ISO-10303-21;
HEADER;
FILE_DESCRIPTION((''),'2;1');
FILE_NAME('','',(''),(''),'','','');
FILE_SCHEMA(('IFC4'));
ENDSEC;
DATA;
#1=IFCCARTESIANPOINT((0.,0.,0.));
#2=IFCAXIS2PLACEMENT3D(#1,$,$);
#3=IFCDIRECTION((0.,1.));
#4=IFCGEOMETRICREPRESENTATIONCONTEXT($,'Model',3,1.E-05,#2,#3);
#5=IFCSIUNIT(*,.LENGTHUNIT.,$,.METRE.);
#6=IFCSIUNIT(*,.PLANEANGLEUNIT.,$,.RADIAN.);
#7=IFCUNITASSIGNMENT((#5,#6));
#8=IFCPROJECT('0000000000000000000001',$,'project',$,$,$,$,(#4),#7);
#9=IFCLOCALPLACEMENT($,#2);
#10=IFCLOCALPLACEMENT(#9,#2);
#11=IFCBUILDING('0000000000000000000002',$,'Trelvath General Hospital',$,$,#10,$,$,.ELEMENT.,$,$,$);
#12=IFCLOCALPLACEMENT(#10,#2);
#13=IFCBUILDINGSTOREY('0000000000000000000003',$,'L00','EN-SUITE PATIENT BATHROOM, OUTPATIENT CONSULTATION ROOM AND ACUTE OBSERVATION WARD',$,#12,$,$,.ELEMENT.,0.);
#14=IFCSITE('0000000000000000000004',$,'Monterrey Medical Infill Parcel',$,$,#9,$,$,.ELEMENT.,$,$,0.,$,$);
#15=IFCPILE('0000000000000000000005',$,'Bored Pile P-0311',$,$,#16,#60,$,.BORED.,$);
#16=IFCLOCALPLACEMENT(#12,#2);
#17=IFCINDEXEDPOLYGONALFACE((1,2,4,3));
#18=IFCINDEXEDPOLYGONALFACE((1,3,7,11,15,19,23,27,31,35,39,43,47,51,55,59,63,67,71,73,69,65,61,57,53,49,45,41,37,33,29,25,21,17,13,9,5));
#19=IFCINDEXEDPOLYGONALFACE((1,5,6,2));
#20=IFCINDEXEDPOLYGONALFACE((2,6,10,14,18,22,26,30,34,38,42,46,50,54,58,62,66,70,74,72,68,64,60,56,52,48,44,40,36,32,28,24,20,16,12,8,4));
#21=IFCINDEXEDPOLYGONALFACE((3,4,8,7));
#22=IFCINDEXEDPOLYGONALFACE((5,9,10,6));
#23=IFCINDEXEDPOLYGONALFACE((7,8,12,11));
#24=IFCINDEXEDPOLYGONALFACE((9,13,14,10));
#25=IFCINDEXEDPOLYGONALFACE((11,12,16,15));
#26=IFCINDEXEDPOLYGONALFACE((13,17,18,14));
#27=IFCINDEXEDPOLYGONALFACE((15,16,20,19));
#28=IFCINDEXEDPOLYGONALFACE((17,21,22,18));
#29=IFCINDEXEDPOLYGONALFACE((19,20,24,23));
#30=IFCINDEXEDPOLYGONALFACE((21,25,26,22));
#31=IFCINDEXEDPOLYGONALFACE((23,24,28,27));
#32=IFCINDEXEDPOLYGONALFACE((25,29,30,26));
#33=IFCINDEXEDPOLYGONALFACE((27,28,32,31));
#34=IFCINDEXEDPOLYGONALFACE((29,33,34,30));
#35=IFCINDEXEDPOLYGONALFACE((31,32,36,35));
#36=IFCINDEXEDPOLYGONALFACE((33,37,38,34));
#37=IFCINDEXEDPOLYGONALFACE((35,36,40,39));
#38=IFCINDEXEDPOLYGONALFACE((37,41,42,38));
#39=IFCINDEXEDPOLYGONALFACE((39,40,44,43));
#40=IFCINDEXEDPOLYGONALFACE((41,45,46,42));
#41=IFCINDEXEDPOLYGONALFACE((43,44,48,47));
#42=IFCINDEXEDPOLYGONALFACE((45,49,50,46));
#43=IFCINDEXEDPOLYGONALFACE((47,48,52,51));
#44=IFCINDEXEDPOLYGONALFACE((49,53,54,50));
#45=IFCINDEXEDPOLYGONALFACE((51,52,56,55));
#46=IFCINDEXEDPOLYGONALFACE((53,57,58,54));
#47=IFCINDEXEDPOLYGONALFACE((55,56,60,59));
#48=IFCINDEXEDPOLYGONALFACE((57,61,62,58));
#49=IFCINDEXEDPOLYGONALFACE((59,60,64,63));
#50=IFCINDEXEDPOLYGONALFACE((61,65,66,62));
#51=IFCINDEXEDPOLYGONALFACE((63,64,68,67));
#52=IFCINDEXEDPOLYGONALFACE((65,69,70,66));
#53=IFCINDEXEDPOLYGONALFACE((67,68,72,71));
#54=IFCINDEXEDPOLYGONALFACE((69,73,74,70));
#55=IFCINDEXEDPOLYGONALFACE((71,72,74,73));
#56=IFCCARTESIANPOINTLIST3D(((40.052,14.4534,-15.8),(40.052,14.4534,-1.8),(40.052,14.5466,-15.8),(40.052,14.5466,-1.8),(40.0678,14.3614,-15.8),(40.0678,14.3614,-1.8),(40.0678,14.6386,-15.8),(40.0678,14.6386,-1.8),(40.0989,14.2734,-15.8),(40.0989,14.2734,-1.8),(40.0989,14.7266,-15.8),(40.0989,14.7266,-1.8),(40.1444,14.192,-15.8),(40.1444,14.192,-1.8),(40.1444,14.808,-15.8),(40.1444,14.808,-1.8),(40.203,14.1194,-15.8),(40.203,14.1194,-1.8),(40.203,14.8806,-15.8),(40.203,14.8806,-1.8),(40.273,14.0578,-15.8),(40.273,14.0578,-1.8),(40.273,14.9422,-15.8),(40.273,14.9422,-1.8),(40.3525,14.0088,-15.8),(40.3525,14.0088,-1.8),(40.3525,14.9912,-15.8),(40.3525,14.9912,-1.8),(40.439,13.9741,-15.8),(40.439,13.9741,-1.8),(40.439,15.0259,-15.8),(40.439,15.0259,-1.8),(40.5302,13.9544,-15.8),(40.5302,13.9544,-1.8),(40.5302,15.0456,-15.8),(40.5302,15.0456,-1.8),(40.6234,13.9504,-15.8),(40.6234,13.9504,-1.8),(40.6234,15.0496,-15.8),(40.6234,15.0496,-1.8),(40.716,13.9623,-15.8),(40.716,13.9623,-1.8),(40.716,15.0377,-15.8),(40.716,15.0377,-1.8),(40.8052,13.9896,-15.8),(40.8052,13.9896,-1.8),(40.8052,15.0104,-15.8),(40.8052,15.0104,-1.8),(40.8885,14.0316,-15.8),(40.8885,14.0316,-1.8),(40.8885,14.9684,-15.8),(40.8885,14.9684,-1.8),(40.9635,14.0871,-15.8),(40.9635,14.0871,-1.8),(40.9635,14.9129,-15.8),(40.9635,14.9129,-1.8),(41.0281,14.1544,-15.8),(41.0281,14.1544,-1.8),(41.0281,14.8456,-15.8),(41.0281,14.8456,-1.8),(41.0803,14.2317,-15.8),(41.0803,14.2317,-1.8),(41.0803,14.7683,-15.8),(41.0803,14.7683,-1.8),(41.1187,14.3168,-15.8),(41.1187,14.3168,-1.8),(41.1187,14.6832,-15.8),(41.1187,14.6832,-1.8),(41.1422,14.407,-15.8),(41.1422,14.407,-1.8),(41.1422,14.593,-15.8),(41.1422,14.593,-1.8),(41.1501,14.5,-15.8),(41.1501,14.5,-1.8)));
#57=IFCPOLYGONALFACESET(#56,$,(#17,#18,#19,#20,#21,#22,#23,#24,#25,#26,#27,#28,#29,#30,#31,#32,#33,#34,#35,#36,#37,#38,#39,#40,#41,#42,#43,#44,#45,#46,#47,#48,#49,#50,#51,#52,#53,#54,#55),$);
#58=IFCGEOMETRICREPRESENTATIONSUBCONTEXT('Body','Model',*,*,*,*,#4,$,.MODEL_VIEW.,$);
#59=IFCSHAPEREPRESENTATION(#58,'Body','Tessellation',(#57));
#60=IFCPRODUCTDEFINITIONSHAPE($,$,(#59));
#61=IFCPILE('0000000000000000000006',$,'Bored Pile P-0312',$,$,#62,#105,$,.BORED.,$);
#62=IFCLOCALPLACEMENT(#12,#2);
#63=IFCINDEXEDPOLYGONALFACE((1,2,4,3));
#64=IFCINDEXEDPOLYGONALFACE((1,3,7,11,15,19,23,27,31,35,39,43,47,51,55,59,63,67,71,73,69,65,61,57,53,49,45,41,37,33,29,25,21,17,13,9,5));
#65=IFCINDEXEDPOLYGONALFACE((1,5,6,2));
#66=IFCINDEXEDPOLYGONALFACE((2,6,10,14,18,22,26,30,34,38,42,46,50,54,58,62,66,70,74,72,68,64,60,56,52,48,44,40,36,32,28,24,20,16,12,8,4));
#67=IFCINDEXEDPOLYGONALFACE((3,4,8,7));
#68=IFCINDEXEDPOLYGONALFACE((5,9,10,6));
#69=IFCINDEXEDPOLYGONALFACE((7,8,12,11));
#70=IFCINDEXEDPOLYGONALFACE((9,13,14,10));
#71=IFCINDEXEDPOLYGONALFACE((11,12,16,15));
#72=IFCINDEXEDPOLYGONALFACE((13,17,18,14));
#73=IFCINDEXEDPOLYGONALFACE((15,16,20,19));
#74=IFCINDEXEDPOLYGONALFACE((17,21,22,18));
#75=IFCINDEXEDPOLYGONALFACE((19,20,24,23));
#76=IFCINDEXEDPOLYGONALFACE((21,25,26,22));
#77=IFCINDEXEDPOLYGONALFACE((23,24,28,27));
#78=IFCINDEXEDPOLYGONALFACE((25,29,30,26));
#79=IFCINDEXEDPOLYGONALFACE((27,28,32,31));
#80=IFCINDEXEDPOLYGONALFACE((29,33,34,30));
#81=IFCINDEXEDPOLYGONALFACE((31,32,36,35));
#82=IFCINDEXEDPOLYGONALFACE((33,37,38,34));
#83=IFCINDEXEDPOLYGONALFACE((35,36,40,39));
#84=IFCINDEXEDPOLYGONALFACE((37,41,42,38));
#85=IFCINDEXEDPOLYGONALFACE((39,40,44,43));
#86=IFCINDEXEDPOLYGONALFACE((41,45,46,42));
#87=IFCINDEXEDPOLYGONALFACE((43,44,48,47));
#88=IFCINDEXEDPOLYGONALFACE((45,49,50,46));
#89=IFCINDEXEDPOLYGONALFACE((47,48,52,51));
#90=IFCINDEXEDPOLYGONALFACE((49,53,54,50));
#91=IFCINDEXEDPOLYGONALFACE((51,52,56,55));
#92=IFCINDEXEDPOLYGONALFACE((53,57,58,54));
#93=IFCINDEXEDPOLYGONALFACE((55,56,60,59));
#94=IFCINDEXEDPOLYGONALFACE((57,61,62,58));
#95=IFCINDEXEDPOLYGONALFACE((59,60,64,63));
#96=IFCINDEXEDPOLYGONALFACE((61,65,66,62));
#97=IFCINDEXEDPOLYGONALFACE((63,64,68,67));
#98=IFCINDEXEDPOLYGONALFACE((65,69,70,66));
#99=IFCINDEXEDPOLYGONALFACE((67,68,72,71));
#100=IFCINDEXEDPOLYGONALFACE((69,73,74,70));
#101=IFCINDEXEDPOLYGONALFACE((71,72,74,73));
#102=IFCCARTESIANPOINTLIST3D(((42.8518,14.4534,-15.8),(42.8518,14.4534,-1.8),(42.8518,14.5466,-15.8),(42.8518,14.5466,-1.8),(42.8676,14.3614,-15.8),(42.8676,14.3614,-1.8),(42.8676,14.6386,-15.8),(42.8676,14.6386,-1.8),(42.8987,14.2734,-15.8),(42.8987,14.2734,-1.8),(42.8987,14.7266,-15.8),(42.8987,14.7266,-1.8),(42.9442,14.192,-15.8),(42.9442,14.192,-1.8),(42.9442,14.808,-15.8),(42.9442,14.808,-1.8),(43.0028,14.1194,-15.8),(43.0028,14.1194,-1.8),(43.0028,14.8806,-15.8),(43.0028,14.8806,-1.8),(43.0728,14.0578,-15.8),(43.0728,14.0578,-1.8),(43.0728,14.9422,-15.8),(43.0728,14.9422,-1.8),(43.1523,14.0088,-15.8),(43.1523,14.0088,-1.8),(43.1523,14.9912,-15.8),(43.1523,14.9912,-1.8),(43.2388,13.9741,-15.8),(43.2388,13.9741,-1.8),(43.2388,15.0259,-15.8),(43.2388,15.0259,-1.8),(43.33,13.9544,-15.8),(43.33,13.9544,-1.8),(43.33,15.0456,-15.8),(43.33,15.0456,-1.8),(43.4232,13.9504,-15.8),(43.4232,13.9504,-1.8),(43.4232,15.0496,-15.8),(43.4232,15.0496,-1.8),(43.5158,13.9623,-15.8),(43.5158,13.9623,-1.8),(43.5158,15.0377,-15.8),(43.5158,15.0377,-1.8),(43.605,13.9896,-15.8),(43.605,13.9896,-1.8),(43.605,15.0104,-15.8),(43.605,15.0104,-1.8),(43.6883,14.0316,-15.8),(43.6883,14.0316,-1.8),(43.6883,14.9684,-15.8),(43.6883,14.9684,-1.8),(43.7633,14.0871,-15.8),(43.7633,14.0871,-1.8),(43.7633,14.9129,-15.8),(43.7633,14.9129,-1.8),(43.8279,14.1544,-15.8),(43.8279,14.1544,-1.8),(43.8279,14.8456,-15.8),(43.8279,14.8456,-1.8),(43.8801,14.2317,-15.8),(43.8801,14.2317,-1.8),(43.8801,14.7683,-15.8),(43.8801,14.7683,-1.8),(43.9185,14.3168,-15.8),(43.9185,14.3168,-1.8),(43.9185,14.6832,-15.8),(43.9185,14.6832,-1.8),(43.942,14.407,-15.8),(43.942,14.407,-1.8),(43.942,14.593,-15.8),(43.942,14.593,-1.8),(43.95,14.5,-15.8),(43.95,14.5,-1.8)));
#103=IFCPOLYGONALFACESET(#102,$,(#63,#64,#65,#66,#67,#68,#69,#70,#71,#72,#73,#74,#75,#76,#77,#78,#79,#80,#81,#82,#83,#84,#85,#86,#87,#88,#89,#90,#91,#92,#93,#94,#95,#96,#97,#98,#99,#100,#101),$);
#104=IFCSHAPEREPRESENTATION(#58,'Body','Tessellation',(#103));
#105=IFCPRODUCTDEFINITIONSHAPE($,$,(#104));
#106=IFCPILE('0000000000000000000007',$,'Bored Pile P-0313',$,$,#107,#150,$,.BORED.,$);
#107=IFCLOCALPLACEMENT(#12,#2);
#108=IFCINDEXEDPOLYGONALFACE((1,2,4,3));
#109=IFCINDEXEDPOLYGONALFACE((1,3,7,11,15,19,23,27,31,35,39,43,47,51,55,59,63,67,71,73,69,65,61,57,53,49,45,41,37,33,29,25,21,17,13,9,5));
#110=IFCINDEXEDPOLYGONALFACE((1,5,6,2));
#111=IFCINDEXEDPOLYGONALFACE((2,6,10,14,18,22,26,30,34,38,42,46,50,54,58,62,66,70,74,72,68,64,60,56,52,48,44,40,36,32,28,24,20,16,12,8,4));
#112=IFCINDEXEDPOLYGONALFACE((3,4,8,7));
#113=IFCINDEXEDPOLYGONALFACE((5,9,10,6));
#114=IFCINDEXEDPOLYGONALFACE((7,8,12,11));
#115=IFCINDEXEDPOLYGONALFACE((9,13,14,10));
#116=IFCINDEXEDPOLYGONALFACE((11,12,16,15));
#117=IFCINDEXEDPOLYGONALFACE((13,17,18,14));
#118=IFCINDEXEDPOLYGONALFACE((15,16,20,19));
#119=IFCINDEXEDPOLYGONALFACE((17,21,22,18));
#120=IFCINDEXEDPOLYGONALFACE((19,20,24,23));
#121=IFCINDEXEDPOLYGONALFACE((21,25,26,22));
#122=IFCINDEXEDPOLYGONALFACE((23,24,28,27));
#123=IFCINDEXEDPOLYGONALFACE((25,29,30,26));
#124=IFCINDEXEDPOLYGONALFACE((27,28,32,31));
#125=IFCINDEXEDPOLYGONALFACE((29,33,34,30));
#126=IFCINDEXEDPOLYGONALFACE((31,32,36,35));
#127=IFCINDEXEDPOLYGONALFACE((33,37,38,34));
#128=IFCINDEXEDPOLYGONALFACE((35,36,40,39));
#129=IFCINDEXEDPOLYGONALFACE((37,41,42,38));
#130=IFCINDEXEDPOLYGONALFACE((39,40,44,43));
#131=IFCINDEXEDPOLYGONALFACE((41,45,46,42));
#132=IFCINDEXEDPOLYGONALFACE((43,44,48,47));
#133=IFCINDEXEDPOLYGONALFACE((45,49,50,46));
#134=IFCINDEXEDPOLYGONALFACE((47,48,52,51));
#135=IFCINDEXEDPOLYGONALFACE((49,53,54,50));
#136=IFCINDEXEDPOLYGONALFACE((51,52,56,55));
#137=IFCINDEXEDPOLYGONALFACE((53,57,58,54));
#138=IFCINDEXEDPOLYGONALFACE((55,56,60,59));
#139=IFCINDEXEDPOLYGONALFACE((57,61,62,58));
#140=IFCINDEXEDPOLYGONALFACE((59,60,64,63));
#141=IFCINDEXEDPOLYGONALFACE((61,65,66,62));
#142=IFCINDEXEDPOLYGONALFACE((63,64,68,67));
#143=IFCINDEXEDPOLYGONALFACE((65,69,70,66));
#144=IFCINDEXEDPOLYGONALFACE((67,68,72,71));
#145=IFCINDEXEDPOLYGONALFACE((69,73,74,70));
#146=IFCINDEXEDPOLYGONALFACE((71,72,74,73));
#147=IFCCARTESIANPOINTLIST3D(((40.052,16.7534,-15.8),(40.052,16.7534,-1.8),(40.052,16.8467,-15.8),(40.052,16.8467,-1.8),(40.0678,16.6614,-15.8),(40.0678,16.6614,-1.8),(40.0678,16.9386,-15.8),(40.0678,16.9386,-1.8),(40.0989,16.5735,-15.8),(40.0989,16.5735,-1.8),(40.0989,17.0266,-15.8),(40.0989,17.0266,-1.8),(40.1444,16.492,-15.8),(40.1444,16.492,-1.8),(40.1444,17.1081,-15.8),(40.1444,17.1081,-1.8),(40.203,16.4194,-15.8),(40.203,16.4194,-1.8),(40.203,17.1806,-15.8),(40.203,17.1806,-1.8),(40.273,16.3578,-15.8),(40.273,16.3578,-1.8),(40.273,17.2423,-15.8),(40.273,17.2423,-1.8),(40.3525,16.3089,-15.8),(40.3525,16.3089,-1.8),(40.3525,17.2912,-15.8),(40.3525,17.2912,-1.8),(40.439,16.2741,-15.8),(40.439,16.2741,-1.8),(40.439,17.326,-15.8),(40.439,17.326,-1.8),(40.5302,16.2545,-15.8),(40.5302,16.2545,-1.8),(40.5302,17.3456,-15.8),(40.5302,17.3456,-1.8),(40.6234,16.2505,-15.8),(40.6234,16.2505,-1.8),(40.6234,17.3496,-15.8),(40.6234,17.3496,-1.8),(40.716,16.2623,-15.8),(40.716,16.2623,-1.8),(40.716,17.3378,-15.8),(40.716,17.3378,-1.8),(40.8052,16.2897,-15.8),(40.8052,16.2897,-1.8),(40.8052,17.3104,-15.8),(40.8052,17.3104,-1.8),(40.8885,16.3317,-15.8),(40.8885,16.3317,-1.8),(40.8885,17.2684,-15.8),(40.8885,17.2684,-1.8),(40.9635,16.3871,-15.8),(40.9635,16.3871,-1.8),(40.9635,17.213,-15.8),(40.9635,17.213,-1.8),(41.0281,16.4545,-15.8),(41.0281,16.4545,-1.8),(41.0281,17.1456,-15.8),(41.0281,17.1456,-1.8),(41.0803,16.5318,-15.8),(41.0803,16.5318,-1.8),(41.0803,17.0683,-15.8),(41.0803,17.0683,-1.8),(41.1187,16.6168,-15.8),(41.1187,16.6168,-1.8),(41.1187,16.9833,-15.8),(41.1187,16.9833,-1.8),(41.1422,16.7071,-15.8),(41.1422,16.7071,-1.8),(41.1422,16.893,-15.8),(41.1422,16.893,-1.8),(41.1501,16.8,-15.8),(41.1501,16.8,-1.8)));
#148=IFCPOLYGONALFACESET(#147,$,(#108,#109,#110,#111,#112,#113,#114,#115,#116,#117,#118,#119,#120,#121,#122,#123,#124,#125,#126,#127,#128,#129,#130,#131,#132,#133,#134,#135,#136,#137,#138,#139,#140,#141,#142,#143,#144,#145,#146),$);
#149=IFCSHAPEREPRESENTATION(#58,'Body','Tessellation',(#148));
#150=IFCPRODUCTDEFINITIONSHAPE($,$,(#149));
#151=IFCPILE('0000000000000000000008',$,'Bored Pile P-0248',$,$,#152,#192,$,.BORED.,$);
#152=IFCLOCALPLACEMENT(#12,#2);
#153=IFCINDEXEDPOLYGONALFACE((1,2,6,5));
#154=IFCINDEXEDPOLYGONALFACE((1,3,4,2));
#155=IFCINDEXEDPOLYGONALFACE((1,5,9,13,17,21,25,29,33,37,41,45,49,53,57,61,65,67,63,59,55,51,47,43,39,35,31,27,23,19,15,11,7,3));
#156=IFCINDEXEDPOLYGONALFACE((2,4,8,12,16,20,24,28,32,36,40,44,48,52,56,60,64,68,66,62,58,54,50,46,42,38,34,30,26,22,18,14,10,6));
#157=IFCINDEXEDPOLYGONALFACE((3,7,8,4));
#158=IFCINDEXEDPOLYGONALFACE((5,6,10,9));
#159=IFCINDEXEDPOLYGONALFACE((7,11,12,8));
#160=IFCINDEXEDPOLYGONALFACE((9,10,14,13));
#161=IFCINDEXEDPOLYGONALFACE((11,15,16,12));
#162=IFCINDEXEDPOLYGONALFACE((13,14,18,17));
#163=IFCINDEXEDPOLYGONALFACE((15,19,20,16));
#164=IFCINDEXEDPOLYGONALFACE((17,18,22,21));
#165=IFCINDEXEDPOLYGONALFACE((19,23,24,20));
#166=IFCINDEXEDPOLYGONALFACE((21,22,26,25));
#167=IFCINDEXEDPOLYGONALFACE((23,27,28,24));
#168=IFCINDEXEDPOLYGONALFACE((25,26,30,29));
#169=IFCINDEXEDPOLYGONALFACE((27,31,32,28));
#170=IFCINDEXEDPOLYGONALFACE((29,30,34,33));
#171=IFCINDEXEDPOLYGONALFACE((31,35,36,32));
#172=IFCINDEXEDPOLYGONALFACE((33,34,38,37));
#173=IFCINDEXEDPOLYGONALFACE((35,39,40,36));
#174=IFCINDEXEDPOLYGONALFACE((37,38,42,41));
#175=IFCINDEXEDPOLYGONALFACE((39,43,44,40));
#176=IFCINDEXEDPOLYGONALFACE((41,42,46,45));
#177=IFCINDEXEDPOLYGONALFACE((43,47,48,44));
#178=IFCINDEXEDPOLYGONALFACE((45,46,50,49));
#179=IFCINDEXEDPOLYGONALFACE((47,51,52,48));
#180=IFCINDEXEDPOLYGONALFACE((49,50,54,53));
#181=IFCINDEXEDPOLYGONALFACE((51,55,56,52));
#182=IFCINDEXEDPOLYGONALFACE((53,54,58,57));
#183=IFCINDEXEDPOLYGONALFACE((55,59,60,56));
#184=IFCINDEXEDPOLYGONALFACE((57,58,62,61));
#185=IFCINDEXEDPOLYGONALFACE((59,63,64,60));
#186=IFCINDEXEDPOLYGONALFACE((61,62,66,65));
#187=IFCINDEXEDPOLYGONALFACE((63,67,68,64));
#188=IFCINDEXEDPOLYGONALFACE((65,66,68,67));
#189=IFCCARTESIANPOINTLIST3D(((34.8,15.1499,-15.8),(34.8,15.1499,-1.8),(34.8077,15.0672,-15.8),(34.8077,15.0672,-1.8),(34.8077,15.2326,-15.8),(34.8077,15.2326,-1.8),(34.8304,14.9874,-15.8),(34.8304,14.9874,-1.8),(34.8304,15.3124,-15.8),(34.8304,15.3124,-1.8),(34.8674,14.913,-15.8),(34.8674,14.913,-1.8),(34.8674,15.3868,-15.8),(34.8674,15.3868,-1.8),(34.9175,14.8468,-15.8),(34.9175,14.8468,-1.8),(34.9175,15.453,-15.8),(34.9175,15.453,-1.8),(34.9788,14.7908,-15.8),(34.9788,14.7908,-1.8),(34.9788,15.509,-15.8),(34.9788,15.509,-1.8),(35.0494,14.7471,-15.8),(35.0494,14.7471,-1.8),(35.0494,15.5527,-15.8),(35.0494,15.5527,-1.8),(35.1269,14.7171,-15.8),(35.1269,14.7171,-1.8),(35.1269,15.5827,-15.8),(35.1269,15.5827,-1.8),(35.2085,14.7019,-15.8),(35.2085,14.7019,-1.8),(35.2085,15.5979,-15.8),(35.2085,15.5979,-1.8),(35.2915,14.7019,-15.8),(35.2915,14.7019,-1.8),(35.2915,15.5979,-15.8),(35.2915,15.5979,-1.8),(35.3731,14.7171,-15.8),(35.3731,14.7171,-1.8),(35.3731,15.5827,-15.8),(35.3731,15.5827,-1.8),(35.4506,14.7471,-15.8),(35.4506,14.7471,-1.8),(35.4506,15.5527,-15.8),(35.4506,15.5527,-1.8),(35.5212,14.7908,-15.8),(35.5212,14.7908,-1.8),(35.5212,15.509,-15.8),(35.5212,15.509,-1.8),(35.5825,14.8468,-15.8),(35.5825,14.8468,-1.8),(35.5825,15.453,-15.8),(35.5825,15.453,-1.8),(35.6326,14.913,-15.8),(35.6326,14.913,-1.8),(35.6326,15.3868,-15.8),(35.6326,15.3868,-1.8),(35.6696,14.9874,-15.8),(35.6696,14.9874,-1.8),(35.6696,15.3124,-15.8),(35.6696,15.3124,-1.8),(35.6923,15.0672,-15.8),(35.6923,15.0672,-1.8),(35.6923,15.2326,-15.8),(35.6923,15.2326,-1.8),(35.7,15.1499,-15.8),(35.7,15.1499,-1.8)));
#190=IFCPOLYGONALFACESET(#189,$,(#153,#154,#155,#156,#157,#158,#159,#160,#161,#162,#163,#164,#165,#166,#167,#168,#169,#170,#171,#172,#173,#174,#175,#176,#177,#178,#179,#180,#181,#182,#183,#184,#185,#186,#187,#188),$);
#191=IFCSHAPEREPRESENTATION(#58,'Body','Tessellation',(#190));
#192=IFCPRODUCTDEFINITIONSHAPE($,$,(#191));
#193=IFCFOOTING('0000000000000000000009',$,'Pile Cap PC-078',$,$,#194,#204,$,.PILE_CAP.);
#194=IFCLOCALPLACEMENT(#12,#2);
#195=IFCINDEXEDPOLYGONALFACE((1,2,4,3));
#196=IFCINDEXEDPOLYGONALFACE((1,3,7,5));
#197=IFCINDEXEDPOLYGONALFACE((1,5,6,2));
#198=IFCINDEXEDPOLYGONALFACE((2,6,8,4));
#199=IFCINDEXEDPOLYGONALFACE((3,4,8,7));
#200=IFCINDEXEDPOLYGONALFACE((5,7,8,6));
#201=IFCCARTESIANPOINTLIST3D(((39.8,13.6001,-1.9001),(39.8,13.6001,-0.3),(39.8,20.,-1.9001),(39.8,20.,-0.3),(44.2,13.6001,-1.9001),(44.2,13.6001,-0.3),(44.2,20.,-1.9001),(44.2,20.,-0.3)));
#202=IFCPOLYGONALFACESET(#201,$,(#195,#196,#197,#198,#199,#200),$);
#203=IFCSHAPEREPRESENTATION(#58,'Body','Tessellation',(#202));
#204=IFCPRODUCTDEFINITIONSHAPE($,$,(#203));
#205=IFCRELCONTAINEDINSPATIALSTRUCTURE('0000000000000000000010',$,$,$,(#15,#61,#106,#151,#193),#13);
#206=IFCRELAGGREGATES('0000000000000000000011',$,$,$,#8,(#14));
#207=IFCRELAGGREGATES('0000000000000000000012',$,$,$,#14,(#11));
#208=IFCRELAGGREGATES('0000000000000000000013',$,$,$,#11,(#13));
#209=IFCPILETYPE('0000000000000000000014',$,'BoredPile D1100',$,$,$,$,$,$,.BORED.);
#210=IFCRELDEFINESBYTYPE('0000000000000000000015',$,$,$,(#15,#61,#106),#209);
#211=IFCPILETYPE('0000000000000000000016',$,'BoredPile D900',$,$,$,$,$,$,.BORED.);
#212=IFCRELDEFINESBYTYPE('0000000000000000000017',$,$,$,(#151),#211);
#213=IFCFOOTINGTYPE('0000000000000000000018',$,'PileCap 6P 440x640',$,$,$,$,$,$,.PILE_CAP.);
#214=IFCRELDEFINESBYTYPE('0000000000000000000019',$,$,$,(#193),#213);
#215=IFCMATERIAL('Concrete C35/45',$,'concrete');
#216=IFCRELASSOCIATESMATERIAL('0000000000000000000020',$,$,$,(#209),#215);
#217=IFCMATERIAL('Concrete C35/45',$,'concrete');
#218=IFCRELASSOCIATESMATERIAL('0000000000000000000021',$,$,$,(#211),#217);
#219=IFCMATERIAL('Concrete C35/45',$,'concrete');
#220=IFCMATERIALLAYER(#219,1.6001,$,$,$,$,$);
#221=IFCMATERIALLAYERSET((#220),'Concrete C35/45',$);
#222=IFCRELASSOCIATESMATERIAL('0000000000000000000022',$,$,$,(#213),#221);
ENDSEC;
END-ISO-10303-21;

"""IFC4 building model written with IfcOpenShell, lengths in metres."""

from ifc_helpers import new_model, si_unit, direction, frame, origin, origin_2d, place, context, subcontext, project, spatial, rectangle, circle, extrude, material, layer, layer_set, material_profile, profile_set, type_object, element, save


model = new_model("IFC4")

# Units and contexts
model_context = context("Model", 3, precision=1e-05, world=origin(), true_north=direction((0.0, 1.0)))
body_context = subcontext(model_context, "Body", "Model", "MODEL_VIEW")
ifc_project = project(units=[si_unit("LENGTHUNIT", "METRE"), si_unit("PLANEANGLEUNIT", "RADIAN")], contexts=[model_context])

# Site, building, storey
site_placement = place(None, origin())
site = spatial("IfcSite", under=ifc_project, at=site_placement, Name="Monterrey Medical Infill Parcel", CompositionType="ELEMENT", RefElevation=0.0)
building_placement = place(site_placement, origin())
building = spatial("IfcBuilding", under=site, at=building_placement, Name="Trelvath General Hospital", CompositionType="ELEMENT")
storey_placement = place(building_placement, origin())
storey = spatial("IfcBuildingStorey", under=building, at=storey_placement, Name="L00", Description="EN-SUITE PATIENT BATHROOM, OUTPATIENT CONSULTATION ROOM AND ACUTE OBSERVATION WARD", CompositionType="ELEMENT", Elevation=0.0)

# Piles
ifc_material_1 = material(Name="Concrete C35/45", Category="concrete")
ifc_material_profile_1 = material_profile(ifc_material_1, circle(Radius=0.55, at=origin_2d()), Name="PILE1100")
ifc_profile_set_1 = profile_set([ifc_material_profile_1], Name="Concrete C35/45")
pile_type_1 = type_object("IfcPileType", Name="BoredPile D1100", PredefinedType="BORED", material=ifc_profile_set_1)
for number, where, z_axis, x_axis, name in (
    (1, (40.6001, 14.5, -1.8), (0.0, 0.0, -1.0), (1.0, 0.0, 0.0), "Bored Pile P-0311"),
    (2, (43.3999, 14.5, -1.8), (0.0, 0.0, -1.0), (1.0, 0.0, 0.0), "Bored Pile P-0312"),
    (3, (40.6001, 16.8, -1.8), (0.0, 0.0, -1.0), (1.0, 0.0, 0.0), "Bored Pile P-0313"),
):
    element("IfcPile", number, at=place(storey_placement, frame(where, z_axis=z_axis, x_axis=x_axis)), inside=storey, type_object=pile_type_1, Name=name, PredefinedType="BORED", context=body_context, shape_type="SweptSolid", body=[
        extrude(circle(Radius=0.55, at=origin_2d()), origin(), (0.0, 0.0, 1.0), 14.0),
    ])
ifc_material_2 = material(Name="Concrete C35/45", Category="concrete")
ifc_material_profile_2 = material_profile(ifc_material_2, circle(Radius=0.45, at=origin_2d()), Name="PILE900")
ifc_profile_set_2 = profile_set([ifc_material_profile_2], Name="Concrete C35/45")
pile_type_2 = type_object("IfcPileType", Name="BoredPile D900", PredefinedType="BORED", material=ifc_profile_set_2)
pile_placement = place(storey_placement, frame((35.25, 15.1499, -1.8), z_axis=(0.0, 0.0, -1.0), x_axis=(1.0, 0.0, 0.0)))
element("IfcPile", 4, at=pile_placement, inside=storey, type_object=pile_type_2, Name="Bored Pile P-0248", PredefinedType="BORED", context=body_context, shape_type="SweptSolid", body=[
    extrude(circle(Radius=0.45, at=origin_2d()), origin(), (0.0, 0.0, 1.0), 14.0),
])

# Footing
ifc_material_3 = material(Name="Concrete C35/45", Category="concrete")
ifc_layer_1 = layer(ifc_material_3, 1.6001)
ifc_layer_set_1 = layer_set([ifc_layer_1], Name="Concrete C35/45")
footing_type_1 = type_object("IfcFootingType", Name="PileCap 6P 440x640", PredefinedType="PILE_CAP", material=ifc_layer_set_1)
footing_1_placement = place(storey_placement, frame((42.0, 16.8, -1.9001), z_axis=(0.0, 0.0, 1.0), x_axis=(1.0, 0.0, 0.0)))
element("IfcFooting", 5, at=footing_1_placement, inside=storey, type_object=footing_type_1, Name="Pile Cap PC-078", PredefinedType="PILE_CAP", context=body_context, shape_type="SweptSolid", body=[
    extrude(rectangle(XDim=4.3999, YDim=6.3999, at=origin_2d()), origin(), (0.0, 0.0, 1.0), 1.6001),
])

save(model, "model.ifc")
